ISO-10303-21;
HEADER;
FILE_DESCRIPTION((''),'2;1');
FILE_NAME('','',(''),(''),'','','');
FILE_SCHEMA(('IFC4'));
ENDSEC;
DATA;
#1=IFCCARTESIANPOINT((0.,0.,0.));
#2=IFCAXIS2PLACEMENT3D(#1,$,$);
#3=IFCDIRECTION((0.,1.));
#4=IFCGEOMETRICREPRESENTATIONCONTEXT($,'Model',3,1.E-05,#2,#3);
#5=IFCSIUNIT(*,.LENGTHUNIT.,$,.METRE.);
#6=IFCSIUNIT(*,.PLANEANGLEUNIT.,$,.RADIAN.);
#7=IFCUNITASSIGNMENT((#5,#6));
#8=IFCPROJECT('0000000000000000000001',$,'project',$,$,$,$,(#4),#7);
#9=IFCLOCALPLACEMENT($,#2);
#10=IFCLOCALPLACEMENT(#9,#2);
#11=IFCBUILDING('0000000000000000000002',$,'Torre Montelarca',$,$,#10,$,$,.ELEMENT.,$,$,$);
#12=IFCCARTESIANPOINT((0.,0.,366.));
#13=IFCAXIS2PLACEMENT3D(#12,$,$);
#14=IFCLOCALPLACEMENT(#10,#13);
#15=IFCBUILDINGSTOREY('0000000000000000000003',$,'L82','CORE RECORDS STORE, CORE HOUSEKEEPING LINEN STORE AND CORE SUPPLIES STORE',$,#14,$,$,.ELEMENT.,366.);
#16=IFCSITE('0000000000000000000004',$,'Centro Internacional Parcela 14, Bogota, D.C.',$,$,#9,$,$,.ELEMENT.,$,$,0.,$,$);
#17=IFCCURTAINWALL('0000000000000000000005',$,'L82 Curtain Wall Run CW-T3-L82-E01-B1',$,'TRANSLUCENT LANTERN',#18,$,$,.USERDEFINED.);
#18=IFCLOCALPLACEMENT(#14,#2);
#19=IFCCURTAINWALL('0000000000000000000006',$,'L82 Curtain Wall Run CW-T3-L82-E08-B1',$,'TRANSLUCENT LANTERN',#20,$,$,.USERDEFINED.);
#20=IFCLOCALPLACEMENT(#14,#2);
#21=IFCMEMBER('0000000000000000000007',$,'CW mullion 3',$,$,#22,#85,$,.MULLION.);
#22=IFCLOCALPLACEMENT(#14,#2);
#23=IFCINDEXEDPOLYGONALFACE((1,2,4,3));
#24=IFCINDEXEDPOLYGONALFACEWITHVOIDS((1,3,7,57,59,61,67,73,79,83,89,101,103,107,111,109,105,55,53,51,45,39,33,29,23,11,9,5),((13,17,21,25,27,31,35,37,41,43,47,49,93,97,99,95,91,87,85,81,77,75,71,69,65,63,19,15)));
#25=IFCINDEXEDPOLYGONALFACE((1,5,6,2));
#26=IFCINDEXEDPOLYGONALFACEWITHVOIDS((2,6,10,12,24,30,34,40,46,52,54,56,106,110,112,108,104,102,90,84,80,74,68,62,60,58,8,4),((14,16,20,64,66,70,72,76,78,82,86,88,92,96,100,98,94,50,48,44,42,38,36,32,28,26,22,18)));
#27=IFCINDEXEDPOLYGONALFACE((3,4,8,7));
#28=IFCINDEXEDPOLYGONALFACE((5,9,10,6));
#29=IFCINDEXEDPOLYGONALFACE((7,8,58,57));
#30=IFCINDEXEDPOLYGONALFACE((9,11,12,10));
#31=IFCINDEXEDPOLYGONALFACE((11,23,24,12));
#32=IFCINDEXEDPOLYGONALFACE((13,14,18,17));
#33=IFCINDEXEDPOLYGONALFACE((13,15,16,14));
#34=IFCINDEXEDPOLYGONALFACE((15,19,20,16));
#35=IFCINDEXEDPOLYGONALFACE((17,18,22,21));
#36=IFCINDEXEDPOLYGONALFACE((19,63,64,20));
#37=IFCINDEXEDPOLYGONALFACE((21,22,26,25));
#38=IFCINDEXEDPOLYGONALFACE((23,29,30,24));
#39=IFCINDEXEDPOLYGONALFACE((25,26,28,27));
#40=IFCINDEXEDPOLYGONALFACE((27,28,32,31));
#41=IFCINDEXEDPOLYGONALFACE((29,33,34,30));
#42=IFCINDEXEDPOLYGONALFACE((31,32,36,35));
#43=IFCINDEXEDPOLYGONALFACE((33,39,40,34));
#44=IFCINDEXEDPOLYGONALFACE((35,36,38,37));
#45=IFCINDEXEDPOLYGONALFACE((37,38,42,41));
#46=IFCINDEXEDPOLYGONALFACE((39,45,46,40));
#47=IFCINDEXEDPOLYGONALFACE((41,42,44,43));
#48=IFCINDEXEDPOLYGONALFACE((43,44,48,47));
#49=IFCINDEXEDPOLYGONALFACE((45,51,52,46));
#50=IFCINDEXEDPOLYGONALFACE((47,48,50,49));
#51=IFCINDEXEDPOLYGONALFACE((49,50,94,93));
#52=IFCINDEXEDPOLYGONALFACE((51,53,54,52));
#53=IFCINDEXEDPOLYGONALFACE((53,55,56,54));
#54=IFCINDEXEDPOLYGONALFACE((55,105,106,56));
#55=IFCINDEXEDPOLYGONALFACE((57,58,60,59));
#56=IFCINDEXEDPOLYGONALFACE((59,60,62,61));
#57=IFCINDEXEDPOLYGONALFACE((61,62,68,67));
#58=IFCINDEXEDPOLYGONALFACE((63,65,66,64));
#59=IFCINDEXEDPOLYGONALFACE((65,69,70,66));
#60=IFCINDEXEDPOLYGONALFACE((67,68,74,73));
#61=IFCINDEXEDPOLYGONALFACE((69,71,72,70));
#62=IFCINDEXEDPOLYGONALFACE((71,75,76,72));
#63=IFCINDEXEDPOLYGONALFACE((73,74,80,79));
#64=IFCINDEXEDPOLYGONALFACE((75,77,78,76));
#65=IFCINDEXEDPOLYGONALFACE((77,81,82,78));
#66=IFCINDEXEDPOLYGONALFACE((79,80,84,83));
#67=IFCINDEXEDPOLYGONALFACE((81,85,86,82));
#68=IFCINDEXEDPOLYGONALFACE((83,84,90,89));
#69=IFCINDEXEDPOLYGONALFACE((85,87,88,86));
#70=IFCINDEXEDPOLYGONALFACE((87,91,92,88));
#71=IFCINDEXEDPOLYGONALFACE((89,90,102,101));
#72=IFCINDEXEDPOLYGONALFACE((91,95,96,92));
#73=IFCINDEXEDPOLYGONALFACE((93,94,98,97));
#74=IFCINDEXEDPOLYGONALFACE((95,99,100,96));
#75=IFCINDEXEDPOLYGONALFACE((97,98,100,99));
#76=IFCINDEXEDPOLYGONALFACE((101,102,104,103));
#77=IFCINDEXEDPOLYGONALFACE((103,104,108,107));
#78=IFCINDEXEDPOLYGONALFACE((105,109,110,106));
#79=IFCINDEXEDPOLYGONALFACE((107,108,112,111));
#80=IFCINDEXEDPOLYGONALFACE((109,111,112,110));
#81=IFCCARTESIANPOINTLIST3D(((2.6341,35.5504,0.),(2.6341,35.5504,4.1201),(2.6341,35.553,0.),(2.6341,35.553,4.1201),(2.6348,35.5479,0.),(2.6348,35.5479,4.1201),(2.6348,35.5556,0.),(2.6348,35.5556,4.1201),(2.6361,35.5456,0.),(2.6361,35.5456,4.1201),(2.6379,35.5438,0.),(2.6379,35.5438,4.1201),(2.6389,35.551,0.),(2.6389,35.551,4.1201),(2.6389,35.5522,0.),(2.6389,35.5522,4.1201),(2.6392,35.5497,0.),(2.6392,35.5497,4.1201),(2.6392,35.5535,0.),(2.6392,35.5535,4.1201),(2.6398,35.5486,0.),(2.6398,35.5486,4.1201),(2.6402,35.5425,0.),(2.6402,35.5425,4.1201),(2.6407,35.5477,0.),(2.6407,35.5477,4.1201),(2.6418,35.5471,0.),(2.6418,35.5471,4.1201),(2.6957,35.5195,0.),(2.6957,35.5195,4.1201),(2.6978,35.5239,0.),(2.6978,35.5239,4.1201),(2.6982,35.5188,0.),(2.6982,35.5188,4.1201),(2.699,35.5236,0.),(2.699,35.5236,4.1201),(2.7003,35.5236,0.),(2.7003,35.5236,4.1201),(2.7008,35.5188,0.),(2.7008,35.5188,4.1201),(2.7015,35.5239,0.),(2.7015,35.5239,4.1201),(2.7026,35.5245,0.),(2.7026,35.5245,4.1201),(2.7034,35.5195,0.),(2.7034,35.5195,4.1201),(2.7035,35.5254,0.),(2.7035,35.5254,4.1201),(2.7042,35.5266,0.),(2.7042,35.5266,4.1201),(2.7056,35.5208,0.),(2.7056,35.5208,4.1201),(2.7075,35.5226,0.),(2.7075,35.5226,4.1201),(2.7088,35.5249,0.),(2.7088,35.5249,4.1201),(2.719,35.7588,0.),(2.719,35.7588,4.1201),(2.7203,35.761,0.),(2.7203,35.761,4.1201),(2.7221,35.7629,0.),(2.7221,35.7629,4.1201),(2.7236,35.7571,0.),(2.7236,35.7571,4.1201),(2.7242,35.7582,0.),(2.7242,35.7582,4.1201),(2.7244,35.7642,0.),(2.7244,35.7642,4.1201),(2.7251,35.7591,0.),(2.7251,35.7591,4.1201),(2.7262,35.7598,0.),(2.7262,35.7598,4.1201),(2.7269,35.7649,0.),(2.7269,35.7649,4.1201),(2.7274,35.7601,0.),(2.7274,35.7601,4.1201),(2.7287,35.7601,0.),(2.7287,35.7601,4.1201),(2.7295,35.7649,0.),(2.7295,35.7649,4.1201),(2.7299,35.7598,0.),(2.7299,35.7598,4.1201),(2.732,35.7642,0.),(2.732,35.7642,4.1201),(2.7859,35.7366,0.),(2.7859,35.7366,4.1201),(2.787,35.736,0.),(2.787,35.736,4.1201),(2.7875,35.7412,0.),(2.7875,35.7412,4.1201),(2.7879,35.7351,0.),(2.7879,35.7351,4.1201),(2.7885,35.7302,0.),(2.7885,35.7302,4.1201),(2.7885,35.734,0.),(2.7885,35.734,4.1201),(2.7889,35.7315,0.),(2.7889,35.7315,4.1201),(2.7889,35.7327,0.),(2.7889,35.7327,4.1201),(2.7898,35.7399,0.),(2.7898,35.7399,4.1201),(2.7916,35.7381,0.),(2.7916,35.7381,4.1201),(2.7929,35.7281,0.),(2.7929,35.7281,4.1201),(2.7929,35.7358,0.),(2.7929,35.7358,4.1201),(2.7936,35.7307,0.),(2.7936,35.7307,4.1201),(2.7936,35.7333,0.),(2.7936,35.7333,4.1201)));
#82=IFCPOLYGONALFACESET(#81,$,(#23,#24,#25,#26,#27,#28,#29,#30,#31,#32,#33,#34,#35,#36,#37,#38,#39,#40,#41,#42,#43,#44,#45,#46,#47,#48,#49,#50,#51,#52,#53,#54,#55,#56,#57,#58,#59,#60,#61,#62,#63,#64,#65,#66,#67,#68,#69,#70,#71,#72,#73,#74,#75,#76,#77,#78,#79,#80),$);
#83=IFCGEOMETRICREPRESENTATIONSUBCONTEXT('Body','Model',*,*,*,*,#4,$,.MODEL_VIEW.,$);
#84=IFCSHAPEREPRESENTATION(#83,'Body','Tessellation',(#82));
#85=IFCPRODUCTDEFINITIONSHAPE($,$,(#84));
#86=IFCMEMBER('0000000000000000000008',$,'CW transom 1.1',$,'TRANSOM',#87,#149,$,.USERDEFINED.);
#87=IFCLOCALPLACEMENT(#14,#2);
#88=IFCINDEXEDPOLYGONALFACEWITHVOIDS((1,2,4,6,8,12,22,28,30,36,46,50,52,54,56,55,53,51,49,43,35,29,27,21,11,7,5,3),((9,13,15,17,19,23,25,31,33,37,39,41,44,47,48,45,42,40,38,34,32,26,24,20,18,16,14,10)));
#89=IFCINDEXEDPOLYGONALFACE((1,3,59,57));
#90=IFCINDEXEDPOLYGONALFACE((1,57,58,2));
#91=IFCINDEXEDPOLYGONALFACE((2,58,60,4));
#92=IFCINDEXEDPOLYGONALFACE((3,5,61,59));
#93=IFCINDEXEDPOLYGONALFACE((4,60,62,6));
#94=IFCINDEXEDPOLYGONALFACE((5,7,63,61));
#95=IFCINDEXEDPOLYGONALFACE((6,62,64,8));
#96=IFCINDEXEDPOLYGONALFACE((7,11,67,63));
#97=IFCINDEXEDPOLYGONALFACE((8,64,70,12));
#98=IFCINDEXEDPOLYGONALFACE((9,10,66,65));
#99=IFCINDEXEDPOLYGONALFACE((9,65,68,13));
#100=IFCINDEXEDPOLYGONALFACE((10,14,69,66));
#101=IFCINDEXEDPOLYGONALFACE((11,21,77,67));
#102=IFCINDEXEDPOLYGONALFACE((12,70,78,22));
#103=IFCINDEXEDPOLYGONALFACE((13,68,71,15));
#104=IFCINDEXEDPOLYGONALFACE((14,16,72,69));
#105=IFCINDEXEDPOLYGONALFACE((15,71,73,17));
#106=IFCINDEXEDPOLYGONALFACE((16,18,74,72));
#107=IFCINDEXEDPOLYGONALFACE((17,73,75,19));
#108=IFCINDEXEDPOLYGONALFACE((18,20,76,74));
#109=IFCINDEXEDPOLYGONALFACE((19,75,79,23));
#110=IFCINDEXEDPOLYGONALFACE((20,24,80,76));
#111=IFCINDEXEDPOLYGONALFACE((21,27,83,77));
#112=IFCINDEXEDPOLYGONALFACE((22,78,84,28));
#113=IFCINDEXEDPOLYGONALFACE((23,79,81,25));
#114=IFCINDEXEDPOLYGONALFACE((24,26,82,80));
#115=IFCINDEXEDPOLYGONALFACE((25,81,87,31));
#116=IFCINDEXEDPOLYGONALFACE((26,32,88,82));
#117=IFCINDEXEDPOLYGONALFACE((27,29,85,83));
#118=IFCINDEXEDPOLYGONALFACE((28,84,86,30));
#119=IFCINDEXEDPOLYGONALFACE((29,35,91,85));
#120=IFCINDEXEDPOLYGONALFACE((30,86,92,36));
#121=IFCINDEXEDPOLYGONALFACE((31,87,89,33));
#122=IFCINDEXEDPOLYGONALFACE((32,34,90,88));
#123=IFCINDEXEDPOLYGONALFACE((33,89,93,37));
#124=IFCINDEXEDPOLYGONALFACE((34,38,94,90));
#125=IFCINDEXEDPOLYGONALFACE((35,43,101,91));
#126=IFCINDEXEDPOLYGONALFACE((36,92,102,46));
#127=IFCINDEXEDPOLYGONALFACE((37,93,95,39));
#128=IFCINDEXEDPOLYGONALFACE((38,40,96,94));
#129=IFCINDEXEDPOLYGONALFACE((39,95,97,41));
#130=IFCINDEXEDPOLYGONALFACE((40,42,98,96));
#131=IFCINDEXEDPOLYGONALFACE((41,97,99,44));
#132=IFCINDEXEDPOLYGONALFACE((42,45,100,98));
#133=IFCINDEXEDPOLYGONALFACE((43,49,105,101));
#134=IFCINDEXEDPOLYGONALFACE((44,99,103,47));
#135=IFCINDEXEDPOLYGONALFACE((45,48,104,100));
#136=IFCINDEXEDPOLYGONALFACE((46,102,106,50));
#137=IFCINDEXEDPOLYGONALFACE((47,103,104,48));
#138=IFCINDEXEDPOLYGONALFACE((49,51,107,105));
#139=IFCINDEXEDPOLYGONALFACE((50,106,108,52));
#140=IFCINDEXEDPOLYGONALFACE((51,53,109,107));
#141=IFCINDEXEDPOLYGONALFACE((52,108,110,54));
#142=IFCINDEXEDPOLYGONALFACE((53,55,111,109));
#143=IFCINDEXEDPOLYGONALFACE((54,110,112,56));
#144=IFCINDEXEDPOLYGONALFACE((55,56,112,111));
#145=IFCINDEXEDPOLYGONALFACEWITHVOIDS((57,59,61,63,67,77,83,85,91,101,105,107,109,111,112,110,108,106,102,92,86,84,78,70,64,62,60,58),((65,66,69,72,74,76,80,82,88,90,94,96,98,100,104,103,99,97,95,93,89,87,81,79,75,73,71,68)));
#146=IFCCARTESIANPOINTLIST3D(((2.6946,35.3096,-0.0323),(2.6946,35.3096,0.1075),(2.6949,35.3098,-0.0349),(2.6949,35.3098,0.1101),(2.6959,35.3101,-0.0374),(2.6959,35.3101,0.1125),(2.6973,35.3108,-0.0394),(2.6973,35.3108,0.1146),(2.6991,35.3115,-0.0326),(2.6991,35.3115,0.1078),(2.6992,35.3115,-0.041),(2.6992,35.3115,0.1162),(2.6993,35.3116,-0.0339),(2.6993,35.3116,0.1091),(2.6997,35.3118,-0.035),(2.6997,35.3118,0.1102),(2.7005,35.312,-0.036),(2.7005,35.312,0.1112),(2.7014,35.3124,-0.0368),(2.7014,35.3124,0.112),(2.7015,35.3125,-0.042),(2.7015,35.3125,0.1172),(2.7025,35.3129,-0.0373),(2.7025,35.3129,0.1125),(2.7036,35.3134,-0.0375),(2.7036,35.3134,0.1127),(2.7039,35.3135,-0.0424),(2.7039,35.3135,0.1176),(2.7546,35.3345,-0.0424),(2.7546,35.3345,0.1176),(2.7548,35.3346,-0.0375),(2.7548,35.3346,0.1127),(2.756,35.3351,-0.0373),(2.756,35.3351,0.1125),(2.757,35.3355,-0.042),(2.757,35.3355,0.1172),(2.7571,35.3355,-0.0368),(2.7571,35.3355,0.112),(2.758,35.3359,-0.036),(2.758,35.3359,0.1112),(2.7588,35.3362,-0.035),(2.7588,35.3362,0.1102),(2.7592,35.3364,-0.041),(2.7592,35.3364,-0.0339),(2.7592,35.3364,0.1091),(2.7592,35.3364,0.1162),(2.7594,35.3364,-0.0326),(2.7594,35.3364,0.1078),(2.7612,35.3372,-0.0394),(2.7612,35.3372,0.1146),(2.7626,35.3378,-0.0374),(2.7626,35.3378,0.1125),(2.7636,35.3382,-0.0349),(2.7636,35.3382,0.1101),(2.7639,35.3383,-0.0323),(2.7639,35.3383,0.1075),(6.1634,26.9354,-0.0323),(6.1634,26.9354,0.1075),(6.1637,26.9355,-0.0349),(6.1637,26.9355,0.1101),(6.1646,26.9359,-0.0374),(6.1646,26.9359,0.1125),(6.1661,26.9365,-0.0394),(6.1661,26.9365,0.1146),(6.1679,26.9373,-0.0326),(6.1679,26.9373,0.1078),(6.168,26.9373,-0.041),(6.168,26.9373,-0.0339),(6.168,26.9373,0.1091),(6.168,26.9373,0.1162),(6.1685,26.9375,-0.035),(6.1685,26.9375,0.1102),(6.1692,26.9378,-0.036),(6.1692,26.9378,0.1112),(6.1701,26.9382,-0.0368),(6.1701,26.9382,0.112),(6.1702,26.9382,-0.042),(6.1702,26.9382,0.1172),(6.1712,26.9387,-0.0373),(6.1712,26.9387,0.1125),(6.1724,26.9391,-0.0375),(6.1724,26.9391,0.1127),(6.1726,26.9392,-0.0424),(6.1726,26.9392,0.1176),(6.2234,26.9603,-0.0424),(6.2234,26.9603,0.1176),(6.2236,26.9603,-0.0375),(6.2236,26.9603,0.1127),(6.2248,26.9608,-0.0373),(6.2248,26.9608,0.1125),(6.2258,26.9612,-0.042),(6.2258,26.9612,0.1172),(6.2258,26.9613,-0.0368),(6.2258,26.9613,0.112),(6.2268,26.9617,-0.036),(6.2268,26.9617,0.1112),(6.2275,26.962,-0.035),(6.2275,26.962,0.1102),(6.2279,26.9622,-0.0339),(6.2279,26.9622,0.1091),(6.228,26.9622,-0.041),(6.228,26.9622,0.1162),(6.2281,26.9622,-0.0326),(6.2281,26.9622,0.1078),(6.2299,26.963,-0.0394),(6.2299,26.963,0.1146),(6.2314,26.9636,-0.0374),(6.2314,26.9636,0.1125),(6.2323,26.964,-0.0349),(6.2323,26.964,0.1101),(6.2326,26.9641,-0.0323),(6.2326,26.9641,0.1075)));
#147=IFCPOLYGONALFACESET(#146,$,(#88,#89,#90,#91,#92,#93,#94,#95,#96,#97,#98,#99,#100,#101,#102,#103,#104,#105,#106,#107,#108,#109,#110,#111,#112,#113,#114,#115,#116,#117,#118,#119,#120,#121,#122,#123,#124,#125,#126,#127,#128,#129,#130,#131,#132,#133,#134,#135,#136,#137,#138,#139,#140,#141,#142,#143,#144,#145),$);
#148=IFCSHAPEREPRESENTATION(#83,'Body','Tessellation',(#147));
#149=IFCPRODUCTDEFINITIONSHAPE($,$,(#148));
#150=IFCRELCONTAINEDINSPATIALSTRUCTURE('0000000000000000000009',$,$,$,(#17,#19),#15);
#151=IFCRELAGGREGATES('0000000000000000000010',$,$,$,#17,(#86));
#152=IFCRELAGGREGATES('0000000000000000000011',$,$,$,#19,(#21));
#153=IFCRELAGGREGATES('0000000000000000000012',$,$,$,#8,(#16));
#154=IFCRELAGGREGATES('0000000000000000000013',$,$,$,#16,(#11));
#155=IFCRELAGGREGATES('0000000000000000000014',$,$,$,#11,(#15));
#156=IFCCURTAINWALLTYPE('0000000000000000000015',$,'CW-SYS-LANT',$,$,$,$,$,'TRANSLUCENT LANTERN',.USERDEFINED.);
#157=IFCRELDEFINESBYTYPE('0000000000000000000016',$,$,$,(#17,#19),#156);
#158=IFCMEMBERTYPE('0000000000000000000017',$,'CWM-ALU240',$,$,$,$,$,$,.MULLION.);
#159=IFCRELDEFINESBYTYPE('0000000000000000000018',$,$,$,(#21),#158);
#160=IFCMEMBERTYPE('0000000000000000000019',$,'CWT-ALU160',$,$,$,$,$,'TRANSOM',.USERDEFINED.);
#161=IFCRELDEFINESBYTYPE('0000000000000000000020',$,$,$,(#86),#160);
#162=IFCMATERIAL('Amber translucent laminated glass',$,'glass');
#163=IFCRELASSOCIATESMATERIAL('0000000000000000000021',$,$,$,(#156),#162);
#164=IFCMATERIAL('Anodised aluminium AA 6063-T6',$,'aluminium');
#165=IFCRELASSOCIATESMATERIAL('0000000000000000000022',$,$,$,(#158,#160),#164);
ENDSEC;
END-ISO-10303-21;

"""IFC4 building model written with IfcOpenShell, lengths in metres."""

from ifc_helpers import new_model, si_unit, direction, frame, origin, origin_2d, place, context, subcontext, project, spatial, hollow_rectangle, extrude, source, transform, mapped, material, material_profile, profile_set, type_object, element, aggregate, save


model = new_model("IFC4")

# Units and contexts
model_context = context("Model", 3, precision=1e-05, world=origin(), true_north=direction((0.0, 1.0)))
body_context = subcontext(model_context, "Body", "Model", "MODEL_VIEW")
ifc_project = project(units=[si_unit("LENGTHUNIT", "METRE"), si_unit("PLANEANGLEUNIT", "RADIAN")], contexts=[model_context])

# Site, building, storey
site_placement = place(None, origin())
site = spatial("IfcSite", under=ifc_project, at=site_placement, Name="Centro Internacional Parcela 14, Bogota, D.C.", CompositionType="ELEMENT", RefElevation=0.0)
building_placement = place(site_placement, origin())
building = spatial("IfcBuilding", under=site, at=building_placement, Name="Torre Montelarca", CompositionType="ELEMENT")
storey_placement = place(building_placement, frame((0.0, 0.0, 366.0)))
storey = spatial("IfcBuildingStorey", under=building, at=storey_placement, Name="L82", Description="CORE RECORDS STORE, CORE HOUSEKEEPING LINEN STORE AND CORE SUPPLIES STORE", CompositionType="ELEMENT", Elevation=366.0)

# Curtain wall
ifc_material_1 = material(Name="Amber translucent laminated glass", Category="glass")
curtain_wall_type = type_object("IfcCurtainWallType", Name="CW-SYS-LANT", ElementType="TRANSLUCENT LANTERN", PredefinedType="USERDEFINED", material=ifc_material_1)
curtain_wall_1_placement = place(storey_placement, origin())
curtain_wall_1 = element("IfcCurtainWall", 1, at=curtain_wall_1_placement, inside=storey, type_object=curtain_wall_type, Name="L82 Curtain Wall Run CW-T3-L82-E01-B1", ObjectType="TRANSLUCENT LANTERN", PredefinedType="USERDEFINED")
ifc_material_2 = material(Name="Anodised aluminium AA 6063-T6", Category="aluminium")
ifc_material_profile_1 = material_profile(ifc_material_2, hollow_rectangle(XDim=0.0801, YDim=0.24, WallThickness=0.0049, InnerFilletRadius=0.0049, OuterFilletRadius=0.01, at=origin_2d()), Name="ALU80X240X5", Category="aluminium")
ifc_profile_set_1 = profile_set([ifc_material_profile_1], Name="Anodised aluminium AA 6063-T6")
member_type_1 = type_object("IfcMemberType", Name="CWM-ALU240", PredefinedType="MULLION", material=ifc_profile_set_1)
shared_shape_1 = source(origin(), body_context, "Body", "SweptSolid", [
    extrude(hollow_rectangle(XDim=0.0801, YDim=0.24, WallThickness=0.0049, InnerFilletRadius=0.0049, OuterFilletRadius=0.01, at=origin_2d()), origin(), (0.0, 0.0, 1.0), 4.1201),
])

# Curtain wall, member
curtain_wall_2_placement = place(storey_placement, origin())
curtain_wall_2 = element("IfcCurtainWall", 2, at=curtain_wall_2_placement, inside=storey, type_object=curtain_wall_type, Name="L82 Curtain Wall Run CW-T3-L82-E08-B1", ObjectType="TRANSLUCENT LANTERN", PredefinedType="USERDEFINED")
member_1_placement = place(storey_placement, frame((2.7139, 35.6418, 0.0), z_axis=(0.0, 0.0, 1.0), x_axis=(0.92388, -0.382683, 0.0)))
member_1 = element("IfcMember", 3, at=member_1_placement, type_object=member_type_1, Name="CW mullion 3", PredefinedType="MULLION", context=body_context, shape_type="MappedRepresentation", body=[
    mapped(shared_shape_1, transform((0.0, 0.0, 0.0), scale=1.0)),
])

# Member
ifc_material_profile_2 = material_profile(ifc_material_2, hollow_rectangle(XDim=0.075, YDim=0.1599, WallThickness=0.0049, InnerFilletRadius=0.0049, OuterFilletRadius=0.01, at=origin_2d()), Name="ALU75X160X5", Category="aluminium")
ifc_profile_set_2 = profile_set([ifc_material_profile_2], Name="Anodised aluminium AA 6063-T6")
member_type_2 = type_object("IfcMemberType", Name="CWT-ALU160", ElementType="TRANSOM", PredefinedType="USERDEFINED", material=ifc_profile_set_2)
shared_shape_2 = source(origin(), body_context, "Body", "SweptSolid", [
    extrude(hollow_rectangle(XDim=0.075, YDim=0.1599, WallThickness=0.0049, InnerFilletRadius=0.0049, OuterFilletRadius=0.01, at=origin_2d()), origin(), (0.0, 0.0, 1.0), 9.0642),
])
member_2_placement = place(storey_placement, frame((2.7292, 35.324, 0.0376), z_axis=(0.382685, -0.923879, 0.0), x_axis=(0.923879, 0.382685, 0.0)))
member_2 = element("IfcMember", 4, at=member_2_placement, type_object=member_type_2, Name="CW transom 1.1", ObjectType="TRANSOM", PredefinedType="USERDEFINED", context=body_context, shape_type="MappedRepresentation", body=[
    mapped(shared_shape_2, transform((0.0, 0.0, 0.0), scale=1.0)),
])
aggregate(curtain_wall_1, [member_2])

aggregate(curtain_wall_2, [member_1])

save(model, "model.ifc")
